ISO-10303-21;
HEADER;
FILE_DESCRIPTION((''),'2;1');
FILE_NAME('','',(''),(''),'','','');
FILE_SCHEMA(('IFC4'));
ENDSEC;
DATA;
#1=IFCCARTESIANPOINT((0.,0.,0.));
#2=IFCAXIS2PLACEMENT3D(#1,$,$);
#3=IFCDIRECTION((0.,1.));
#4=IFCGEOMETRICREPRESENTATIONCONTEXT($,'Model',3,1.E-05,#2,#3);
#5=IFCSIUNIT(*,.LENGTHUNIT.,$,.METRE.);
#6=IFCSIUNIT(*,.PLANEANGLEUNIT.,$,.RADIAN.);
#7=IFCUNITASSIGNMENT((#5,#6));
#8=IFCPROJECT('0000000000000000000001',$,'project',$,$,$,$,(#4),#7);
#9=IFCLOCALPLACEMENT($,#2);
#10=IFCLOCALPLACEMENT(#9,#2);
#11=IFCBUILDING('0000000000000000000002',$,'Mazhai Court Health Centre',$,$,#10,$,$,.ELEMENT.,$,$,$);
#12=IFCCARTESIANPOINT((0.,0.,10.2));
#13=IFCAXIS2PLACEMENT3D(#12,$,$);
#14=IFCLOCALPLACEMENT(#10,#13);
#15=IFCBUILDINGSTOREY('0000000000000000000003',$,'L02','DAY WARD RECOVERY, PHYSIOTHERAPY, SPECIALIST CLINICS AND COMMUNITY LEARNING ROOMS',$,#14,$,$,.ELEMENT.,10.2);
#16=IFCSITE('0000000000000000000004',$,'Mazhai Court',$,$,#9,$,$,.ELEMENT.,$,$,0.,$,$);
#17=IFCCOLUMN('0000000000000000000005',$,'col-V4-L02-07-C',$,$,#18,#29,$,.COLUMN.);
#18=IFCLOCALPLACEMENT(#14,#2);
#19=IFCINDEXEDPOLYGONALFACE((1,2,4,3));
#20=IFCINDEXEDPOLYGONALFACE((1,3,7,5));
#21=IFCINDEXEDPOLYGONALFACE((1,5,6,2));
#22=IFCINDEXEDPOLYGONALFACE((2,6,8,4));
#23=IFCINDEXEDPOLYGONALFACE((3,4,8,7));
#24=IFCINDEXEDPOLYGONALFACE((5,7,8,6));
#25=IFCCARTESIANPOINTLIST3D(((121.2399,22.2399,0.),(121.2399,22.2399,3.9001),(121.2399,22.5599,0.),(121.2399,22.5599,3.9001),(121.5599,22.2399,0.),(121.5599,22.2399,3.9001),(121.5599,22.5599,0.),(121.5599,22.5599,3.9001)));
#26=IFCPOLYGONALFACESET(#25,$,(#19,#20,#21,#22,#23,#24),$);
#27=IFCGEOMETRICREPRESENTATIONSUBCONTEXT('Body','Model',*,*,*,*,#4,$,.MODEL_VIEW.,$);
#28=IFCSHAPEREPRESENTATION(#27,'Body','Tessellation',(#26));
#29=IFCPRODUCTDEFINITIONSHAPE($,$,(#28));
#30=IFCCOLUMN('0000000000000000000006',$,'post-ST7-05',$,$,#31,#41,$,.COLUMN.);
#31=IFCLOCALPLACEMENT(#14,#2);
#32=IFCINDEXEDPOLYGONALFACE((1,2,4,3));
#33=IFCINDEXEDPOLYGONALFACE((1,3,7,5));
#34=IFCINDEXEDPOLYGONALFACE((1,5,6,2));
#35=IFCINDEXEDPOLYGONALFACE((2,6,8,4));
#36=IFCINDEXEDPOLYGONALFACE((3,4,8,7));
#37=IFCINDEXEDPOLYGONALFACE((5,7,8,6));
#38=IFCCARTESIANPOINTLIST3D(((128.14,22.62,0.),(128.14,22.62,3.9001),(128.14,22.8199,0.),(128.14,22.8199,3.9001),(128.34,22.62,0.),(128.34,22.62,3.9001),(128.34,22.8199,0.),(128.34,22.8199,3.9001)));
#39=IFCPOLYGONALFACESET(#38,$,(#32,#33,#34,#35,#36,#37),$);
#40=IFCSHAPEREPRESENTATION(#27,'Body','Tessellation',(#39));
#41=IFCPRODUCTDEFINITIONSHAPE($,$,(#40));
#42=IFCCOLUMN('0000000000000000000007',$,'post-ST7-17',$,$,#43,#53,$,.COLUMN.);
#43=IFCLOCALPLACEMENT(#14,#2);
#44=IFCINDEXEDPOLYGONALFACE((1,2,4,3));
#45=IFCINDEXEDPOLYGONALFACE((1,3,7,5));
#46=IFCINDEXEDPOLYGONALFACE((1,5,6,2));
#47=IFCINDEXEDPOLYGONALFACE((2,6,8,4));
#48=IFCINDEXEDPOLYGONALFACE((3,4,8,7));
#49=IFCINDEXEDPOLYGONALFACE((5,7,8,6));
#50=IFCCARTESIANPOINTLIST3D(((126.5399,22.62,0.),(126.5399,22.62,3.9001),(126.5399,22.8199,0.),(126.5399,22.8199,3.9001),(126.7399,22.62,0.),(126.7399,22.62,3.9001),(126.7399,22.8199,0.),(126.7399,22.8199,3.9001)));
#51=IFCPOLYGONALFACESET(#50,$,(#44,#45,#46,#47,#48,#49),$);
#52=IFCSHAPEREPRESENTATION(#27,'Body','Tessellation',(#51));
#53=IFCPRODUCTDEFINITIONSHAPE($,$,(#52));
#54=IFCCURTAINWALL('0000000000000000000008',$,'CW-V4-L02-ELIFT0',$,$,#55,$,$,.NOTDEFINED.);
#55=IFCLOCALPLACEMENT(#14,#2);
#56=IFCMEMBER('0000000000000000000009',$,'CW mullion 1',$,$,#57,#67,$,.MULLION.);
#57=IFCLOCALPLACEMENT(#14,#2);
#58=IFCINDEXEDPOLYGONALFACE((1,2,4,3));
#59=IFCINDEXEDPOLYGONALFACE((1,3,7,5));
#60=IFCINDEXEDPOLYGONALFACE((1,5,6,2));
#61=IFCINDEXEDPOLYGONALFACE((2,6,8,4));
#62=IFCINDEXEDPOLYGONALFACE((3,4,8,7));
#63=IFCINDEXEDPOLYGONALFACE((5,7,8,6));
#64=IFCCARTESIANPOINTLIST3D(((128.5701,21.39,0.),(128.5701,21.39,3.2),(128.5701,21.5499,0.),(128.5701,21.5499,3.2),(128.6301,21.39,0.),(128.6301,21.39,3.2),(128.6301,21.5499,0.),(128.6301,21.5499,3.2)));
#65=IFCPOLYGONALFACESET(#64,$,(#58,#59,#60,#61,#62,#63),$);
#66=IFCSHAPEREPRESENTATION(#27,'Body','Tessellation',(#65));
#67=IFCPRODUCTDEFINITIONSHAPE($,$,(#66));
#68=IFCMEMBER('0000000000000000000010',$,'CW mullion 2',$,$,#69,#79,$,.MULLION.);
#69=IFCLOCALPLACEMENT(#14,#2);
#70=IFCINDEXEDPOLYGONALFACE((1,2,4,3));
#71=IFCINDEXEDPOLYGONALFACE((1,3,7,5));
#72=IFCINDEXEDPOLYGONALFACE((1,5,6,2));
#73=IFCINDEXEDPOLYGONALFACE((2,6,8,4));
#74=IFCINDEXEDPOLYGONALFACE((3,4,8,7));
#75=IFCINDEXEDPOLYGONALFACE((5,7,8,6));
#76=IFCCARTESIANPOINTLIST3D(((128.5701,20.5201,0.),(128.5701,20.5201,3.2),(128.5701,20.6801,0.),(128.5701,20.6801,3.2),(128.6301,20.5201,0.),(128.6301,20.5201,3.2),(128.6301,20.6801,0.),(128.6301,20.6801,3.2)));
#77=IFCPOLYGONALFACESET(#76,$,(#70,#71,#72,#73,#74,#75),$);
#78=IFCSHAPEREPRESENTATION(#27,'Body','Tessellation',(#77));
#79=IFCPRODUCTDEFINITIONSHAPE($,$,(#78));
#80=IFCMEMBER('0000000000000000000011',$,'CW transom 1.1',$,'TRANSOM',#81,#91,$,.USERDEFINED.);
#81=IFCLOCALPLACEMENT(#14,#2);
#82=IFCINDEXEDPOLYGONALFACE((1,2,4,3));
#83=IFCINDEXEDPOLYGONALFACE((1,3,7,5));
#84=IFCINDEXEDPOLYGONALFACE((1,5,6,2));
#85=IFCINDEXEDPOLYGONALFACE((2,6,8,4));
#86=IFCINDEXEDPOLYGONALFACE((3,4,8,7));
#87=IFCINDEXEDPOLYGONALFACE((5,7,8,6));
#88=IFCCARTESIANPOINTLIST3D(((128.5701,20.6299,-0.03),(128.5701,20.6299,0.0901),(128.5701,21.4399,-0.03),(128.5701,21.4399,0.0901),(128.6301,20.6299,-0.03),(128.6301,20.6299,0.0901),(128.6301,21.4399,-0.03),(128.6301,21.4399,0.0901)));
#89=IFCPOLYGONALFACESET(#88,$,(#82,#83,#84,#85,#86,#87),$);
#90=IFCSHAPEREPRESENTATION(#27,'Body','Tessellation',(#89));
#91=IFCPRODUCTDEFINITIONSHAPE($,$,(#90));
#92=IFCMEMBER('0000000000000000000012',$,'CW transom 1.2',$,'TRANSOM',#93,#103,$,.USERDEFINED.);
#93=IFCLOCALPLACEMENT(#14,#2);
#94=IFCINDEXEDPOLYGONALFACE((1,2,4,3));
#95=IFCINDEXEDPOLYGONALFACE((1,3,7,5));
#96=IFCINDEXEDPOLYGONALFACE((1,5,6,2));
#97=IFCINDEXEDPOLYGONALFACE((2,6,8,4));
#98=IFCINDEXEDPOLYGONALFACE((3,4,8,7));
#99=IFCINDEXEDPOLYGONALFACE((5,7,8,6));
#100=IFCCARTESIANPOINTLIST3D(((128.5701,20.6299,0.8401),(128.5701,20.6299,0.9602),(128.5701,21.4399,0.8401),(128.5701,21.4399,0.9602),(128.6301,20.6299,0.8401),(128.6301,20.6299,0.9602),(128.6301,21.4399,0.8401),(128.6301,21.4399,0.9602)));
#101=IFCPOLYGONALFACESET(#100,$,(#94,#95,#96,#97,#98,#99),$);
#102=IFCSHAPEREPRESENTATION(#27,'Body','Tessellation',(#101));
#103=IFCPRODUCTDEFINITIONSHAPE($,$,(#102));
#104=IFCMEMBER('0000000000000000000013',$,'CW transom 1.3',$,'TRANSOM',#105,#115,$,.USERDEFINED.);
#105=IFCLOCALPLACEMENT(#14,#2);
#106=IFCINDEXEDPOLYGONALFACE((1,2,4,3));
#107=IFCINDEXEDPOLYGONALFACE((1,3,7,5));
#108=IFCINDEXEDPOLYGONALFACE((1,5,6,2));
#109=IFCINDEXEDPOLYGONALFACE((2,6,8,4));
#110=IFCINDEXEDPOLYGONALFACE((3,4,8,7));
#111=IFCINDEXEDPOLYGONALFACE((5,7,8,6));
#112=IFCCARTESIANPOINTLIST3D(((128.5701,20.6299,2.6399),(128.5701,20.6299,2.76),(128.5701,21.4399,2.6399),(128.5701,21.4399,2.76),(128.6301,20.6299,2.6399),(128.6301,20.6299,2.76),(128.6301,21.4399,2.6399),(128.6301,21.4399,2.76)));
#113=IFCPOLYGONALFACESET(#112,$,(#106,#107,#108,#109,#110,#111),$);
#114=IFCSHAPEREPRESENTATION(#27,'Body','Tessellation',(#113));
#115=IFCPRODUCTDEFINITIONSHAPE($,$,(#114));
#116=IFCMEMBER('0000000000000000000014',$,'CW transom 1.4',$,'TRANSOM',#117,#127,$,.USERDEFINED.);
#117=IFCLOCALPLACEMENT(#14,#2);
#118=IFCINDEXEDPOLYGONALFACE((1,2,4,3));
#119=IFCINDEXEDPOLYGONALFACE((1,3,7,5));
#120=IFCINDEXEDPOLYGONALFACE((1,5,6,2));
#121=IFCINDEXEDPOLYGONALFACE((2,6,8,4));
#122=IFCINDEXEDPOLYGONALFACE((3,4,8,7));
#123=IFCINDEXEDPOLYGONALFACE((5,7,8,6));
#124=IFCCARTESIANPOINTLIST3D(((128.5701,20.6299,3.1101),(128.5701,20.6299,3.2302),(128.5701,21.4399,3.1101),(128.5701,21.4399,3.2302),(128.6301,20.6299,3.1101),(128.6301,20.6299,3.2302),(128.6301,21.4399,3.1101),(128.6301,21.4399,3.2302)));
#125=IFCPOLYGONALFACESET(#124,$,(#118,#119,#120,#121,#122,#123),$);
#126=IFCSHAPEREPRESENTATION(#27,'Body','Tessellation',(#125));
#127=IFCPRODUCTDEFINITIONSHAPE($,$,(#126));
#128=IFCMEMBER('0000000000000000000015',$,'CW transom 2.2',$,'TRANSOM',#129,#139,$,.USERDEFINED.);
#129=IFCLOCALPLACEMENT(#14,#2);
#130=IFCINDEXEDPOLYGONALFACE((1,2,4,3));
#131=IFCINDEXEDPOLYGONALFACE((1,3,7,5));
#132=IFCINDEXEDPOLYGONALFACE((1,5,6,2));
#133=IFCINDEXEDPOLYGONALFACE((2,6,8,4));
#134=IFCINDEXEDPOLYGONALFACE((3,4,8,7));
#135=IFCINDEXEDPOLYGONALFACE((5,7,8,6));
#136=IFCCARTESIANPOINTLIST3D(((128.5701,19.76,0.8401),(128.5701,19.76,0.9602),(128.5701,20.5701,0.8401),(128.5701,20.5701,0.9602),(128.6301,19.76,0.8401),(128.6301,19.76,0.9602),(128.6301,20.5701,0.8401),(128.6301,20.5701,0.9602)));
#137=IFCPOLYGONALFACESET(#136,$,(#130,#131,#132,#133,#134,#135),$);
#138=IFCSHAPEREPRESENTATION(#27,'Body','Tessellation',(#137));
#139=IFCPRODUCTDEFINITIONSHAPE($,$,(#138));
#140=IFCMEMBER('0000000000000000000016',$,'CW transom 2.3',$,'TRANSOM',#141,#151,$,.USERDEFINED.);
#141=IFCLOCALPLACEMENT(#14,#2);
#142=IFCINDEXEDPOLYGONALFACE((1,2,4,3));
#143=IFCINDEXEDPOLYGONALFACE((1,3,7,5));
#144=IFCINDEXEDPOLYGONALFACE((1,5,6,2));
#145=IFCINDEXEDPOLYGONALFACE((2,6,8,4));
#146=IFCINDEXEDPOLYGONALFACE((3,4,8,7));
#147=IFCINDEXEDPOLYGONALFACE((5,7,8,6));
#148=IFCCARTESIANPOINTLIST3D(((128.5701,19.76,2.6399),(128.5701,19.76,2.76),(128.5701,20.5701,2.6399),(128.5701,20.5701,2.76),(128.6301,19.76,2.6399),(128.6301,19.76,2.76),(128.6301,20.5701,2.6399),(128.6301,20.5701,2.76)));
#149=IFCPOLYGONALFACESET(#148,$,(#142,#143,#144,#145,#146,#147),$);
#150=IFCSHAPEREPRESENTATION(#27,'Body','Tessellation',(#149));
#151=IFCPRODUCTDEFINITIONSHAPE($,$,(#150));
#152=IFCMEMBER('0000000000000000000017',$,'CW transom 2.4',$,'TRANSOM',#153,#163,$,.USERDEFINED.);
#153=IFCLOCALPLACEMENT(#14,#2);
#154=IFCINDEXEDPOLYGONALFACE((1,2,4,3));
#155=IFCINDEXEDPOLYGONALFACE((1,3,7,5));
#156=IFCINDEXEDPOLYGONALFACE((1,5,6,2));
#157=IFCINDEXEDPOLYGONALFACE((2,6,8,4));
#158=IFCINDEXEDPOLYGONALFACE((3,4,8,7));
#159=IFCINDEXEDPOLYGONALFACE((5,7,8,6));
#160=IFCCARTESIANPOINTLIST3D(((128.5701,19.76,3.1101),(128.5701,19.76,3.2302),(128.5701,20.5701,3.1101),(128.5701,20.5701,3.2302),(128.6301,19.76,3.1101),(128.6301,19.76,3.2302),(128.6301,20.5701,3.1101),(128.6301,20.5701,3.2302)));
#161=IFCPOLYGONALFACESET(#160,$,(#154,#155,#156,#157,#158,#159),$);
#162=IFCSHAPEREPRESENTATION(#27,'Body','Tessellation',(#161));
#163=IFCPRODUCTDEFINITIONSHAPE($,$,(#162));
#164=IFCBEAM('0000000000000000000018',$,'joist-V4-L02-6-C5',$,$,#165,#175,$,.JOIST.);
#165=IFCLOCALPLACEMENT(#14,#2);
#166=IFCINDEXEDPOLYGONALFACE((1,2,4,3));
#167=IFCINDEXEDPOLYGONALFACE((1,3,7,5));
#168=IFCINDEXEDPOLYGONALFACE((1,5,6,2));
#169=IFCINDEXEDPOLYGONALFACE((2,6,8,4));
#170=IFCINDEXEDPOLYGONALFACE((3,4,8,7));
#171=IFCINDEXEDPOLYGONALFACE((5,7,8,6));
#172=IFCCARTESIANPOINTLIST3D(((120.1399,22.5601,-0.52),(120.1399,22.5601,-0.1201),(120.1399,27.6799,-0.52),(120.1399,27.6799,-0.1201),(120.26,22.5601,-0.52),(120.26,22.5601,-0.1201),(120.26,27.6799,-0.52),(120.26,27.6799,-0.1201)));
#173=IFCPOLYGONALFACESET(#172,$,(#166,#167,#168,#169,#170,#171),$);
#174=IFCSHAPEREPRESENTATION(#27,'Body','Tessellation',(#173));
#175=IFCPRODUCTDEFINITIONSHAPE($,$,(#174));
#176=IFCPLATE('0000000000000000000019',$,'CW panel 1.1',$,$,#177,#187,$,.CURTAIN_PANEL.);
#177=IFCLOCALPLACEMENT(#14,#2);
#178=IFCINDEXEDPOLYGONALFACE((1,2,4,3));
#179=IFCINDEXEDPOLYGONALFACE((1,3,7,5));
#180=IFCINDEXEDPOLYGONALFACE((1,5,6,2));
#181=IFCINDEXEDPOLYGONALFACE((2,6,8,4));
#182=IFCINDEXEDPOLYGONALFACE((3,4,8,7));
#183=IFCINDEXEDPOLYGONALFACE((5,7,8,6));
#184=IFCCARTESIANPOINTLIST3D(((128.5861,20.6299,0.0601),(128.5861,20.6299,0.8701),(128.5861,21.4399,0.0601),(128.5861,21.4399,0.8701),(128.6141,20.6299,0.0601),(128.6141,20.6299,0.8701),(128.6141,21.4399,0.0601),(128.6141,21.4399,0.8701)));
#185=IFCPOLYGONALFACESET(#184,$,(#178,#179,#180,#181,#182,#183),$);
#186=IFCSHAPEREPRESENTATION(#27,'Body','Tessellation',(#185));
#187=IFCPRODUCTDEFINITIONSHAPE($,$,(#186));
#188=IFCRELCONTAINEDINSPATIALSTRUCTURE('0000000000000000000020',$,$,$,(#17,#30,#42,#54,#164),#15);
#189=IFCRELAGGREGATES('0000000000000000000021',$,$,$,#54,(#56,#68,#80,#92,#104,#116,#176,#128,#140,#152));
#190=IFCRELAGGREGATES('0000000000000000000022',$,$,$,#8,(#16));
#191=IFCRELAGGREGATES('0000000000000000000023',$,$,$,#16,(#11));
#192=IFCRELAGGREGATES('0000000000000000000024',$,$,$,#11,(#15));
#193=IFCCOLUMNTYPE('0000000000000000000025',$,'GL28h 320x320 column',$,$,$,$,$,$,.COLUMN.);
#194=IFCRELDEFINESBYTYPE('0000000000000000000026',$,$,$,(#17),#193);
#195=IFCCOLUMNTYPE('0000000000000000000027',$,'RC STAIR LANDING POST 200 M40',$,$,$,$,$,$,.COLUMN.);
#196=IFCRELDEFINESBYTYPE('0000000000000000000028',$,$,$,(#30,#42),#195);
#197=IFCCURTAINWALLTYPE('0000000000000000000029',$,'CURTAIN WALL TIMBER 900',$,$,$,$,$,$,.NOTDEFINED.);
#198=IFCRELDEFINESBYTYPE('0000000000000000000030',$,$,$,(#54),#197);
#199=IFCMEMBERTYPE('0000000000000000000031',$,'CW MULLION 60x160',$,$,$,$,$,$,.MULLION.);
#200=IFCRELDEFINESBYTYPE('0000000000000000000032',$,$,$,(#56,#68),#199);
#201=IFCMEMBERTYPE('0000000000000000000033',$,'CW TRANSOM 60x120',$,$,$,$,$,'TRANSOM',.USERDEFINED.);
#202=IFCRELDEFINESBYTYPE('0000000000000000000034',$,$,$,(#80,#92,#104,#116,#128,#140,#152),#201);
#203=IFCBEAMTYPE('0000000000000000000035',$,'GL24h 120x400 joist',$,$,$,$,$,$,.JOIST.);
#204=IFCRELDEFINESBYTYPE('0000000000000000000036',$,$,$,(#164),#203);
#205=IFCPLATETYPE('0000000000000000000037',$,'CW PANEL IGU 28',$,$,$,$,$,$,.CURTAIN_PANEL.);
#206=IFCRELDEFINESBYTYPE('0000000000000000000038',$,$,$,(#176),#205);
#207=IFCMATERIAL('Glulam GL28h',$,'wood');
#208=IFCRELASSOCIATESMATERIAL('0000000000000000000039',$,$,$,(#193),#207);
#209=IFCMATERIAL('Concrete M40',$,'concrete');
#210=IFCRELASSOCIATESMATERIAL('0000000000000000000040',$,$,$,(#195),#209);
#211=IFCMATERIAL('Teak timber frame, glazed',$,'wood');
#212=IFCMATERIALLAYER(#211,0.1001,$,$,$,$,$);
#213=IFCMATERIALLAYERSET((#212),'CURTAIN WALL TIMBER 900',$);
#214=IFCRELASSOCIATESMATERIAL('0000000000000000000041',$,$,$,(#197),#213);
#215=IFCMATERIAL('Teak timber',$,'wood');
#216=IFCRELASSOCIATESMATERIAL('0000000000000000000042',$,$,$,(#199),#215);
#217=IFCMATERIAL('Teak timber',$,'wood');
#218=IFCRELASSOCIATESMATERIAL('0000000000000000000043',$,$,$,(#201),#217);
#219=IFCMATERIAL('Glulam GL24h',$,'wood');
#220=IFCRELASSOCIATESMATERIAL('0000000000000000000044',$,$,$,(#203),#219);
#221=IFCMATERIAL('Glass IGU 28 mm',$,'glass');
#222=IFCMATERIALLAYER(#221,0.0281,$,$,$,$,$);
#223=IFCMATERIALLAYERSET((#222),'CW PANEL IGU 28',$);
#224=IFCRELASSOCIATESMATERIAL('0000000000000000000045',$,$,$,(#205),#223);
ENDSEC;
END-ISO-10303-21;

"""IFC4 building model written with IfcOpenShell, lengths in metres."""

from ifc_helpers import new_model, si_unit, direction, frame, origin, origin_2d, place, context, subcontext, project, spatial, rectangle, extrude, material, layer, layer_set, material_profile, profile_set, type_object, element, aggregate, save


model = new_model("IFC4")

# Units and contexts
model_context = context("Model", 3, precision=1e-05, world=origin(), true_north=direction((0.0, 1.0)))
body_context = subcontext(model_context, "Body", "Model", "MODEL_VIEW")
ifc_project = project(units=[si_unit("LENGTHUNIT", "METRE"), si_unit("PLANEANGLEUNIT", "RADIAN")], contexts=[model_context])

# Site, building, storey
site_placement = place(None, origin())
site = spatial("IfcSite", under=ifc_project, at=site_placement, Name="Mazhai Court", CompositionType="ELEMENT", RefElevation=0.0)
building_placement = place(site_placement, origin())
building = spatial("IfcBuilding", under=site, at=building_placement, Name="Mazhai Court Health Centre", CompositionType="ELEMENT")
storey_placement = place(building_placement, frame((0.0, 0.0, 10.2)))
storey = spatial("IfcBuildingStorey", under=building, at=storey_placement, Name="L02", Description="DAY WARD RECOVERY, PHYSIOTHERAPY, SPECIALIST CLINICS AND COMMUNITY LEARNING ROOMS", CompositionType="ELEMENT", Elevation=10.2)

# Columns
ifc_material_1 = material(Name="Glulam GL28h", Category="wood")
ifc_material_profile_1 = material_profile(ifc_material_1, rectangle(XDim=0.3201, YDim=0.3201, at=origin_2d()), Name="GL28h 320x320")
ifc_profile_set_1 = profile_set([ifc_material_profile_1], Name="Glulam GL28h")
column_type_1 = type_object("IfcColumnType", Name="GL28h 320x320 column", PredefinedType="COLUMN", material=ifc_profile_set_1)
column_placement = place(storey_placement, frame((121.3999, 22.3999, 0.0), z_axis=(0.0, 0.0, 1.0), x_axis=(1.0, 0.0, 0.0)))
element("IfcColumn", 1, at=column_placement, inside=storey, type_object=column_type_1, Name="col-V4-L02-07-C", PredefinedType="COLUMN", context=body_context, shape_type="SweptSolid", body=[
    extrude(rectangle(XDim=0.3201, YDim=0.3201, at=origin_2d()), origin(), (0.0, 0.0, 1.0), 3.9001),
])
ifc_material_2 = material(Name="Concrete M40", Category="concrete")
ifc_material_profile_2 = material_profile(ifc_material_2, rectangle(XDim=0.2, YDim=0.2, at=origin_2d()), Name="RC 200x200")
ifc_profile_set_2 = profile_set([ifc_material_profile_2], Name="Concrete M40")
column_type_2 = type_object("IfcColumnType", Name="RC STAIR LANDING POST 200 M40", PredefinedType="COLUMN", material=ifc_profile_set_2)
for number, where, z_axis, x_axis, name in (
    (2, (128.24, 22.72, 0.0), (0.0, 0.0, 1.0), (1.0, 0.0, 0.0), "post-ST7-05"),
    (3, (126.6399, 22.72, 0.0), (0.0, 0.0, 1.0), (1.0, 0.0, 0.0), "post-ST7-17"),
):
    element("IfcColumn", number, at=place(storey_placement, frame(where, z_axis=z_axis, x_axis=x_axis)), inside=storey, type_object=column_type_2, Name=name, PredefinedType="COLUMN", context=body_context, shape_type="SweptSolid", body=[
        extrude(rectangle(XDim=0.2, YDim=0.2, at=origin_2d()), origin(), (0.0, 0.0, 1.0), 3.9001),
    ])

# Curtain wall, members
ifc_material_3 = material(Name="Teak timber frame, glazed", Category="wood")
ifc_layer_1 = layer(ifc_material_3, 0.1001)
ifc_layer_set_1 = layer_set([ifc_layer_1], Name="CURTAIN WALL TIMBER 900")
curtain_wall_type = type_object("IfcCurtainWallType", Name="CURTAIN WALL TIMBER 900", PredefinedType="NOTDEFINED", material=ifc_layer_set_1)
curtain_wall_placement = place(storey_placement, origin())
curtain_wall = element("IfcCurtainWall", 4, at=curtain_wall_placement, inside=storey, type_object=curtain_wall_type, Name="CW-V4-L02-ELIFT0", PredefinedType="NOTDEFINED")
ifc_material_4 = material(Name="Teak timber", Category="wood")
ifc_material_profile_3 = material_profile(ifc_material_4, rectangle(XDim=0.0601, YDim=0.1599, at=origin_2d()), Name="CW MULLION 60x160")
ifc_profile_set_3 = profile_set([ifc_material_profile_3], Name="Teak timber")
member_type_1 = type_object("IfcMemberType", Name="CW MULLION 60x160", PredefinedType="MULLION", material=ifc_profile_set_3)
member_1_placement = place(storey_placement, frame((128.6001, 21.47, 0.0), z_axis=(0.0, 0.0, 1.0), x_axis=(1.0, 0.0, 0.0)))
member_1 = element("IfcMember", 5, at=member_1_placement, type_object=member_type_1, Name="CW mullion 1", PredefinedType="MULLION", context=body_context, shape_type="SweptSolid", body=[
    extrude(rectangle(XDim=0.0601, YDim=0.1599, at=origin_2d()), origin(), (0.0, 0.0, 1.0), 3.2),
])
member_2_placement = place(storey_placement, frame((128.6001, 20.6001, 0.0), z_axis=(0.0, 0.0, 1.0), x_axis=(1.0, 0.0, 0.0)))
member_2 = element("IfcMember", 6, at=member_2_placement, type_object=member_type_1, Name="CW mullion 2", PredefinedType="MULLION", context=body_context, shape_type="SweptSolid", body=[
    extrude(rectangle(XDim=0.0601, YDim=0.1599, at=origin_2d()), origin(), (0.0, 0.0, 1.0), 3.2),
])
ifc_material_5 = material(Name="Teak timber", Category="wood")
ifc_material_profile_4 = material_profile(ifc_material_5, rectangle(XDim=0.0601, YDim=0.1201, at=origin_2d()), Name="CW TRANSOM 60x120")
ifc_profile_set_4 = profile_set([ifc_material_profile_4], Name="Teak timber")
member_type_2 = type_object("IfcMemberType", Name="CW TRANSOM 60x120", ElementType="TRANSOM", PredefinedType="USERDEFINED", material=ifc_profile_set_4)
member_3_placement = place(storey_placement, frame((128.6001, 21.4399, 0.03), z_axis=(0.0, -1.0, 0.0), x_axis=(1.0, 0.0, 0.0)))
member_3 = element("IfcMember", 7, at=member_3_placement, type_object=member_type_2, Name="CW transom 1.1", ObjectType="TRANSOM", PredefinedType="USERDEFINED", context=body_context, shape_type="SweptSolid", body=[
    extrude(rectangle(XDim=0.0601, YDim=0.1201, at=origin_2d()), origin(), (0.0, 0.0, 1.0), 0.8101),
])
member_4_placement = place(storey_placement, frame((128.6001, 21.4399, 0.9001), z_axis=(0.0, -1.0, 0.0), x_axis=(1.0, 0.0, 0.0)))
member_4 = element("IfcMember", 8, at=member_4_placement, type_object=member_type_2, Name="CW transom 1.2", ObjectType="TRANSOM", PredefinedType="USERDEFINED", context=body_context, shape_type="SweptSolid", body=[
    extrude(rectangle(XDim=0.0601, YDim=0.1201, at=origin_2d()), origin(), (0.0, 0.0, 1.0), 0.8101),
])
member_5_placement = place(storey_placement, frame((128.6001, 21.4399, 2.7), z_axis=(0.0, -1.0, 0.0), x_axis=(1.0, 0.0, 0.0)))
member_5 = element("IfcMember", 9, at=member_5_placement, type_object=member_type_2, Name="CW transom 1.3", ObjectType="TRANSOM", PredefinedType="USERDEFINED", context=body_context, shape_type="SweptSolid", body=[
    extrude(rectangle(XDim=0.0601, YDim=0.1201, at=origin_2d()), origin(), (0.0, 0.0, 1.0), 0.8101),
])
member_6_placement = place(storey_placement, frame((128.6001, 21.4399, 3.1702), z_axis=(0.0, -1.0, 0.0), x_axis=(1.0, 0.0, 0.0)))
member_6 = element("IfcMember", 10, at=member_6_placement, type_object=member_type_2, Name="CW transom 1.4", ObjectType="TRANSOM", PredefinedType="USERDEFINED", context=body_context, shape_type="SweptSolid", body=[
    extrude(rectangle(XDim=0.0601, YDim=0.1201, at=origin_2d()), origin(), (0.0, 0.0, 1.0), 0.8101),
])
member_7_placement = place(storey_placement, frame((128.6001, 20.5701, 0.9001), z_axis=(0.0, -1.0, 0.0), x_axis=(1.0, 0.0, 0.0)))
member_7 = element("IfcMember", 11, at=member_7_placement, type_object=member_type_2, Name="CW transom 2.2", ObjectType="TRANSOM", PredefinedType="USERDEFINED", context=body_context, shape_type="SweptSolid", body=[
    extrude(rectangle(XDim=0.0601, YDim=0.1201, at=origin_2d()), origin(), (0.0, 0.0, 1.0), 0.8101),
])
member_8_placement = place(storey_placement, frame((128.6001, 20.5701, 2.7), z_axis=(0.0, -1.0, 0.0), x_axis=(1.0, 0.0, 0.0)))
member_8 = element("IfcMember", 12, at=member_8_placement, type_object=member_type_2, Name="CW transom 2.3", ObjectType="TRANSOM", PredefinedType="USERDEFINED", context=body_context, shape_type="SweptSolid", body=[
    extrude(rectangle(XDim=0.0601, YDim=0.1201, at=origin_2d()), origin(), (0.0, 0.0, 1.0), 0.8101),
])
member_9_placement = place(storey_placement, frame((128.6001, 20.5701, 3.1702), z_axis=(0.0, -1.0, 0.0), x_axis=(1.0, 0.0, 0.0)))
member_9 = element("IfcMember", 13, at=member_9_placement, type_object=member_type_2, Name="CW transom 2.4", ObjectType="TRANSOM", PredefinedType="USERDEFINED", context=body_context, shape_type="SweptSolid", body=[
    extrude(rectangle(XDim=0.0601, YDim=0.1201, at=origin_2d()), origin(), (0.0, 0.0, 1.0), 0.8101),
])

# Beam
ifc_material_6 = material(Name="Glulam GL24h", Category="wood")
ifc_material_profile_5 = material_profile(ifc_material_6, rectangle(XDim=0.1201, YDim=0.3999, at=origin_2d()), Name="GL24h 120x400")
ifc_profile_set_5 = profile_set([ifc_material_profile_5], Name="Glulam GL24h")
beam_type = type_object("IfcBeamType", Name="GL24h 120x400 joist", PredefinedType="JOIST", material=ifc_profile_set_5)
beam_placement = place(storey_placement, frame((120.2, 22.5601, -0.3201), z_axis=(0.0, 1.0, 0.0), x_axis=(-1.0, 0.0, 0.0)))
element("IfcBeam", 14, at=beam_placement, inside=storey, type_object=beam_type, Name="joist-V4-L02-6-C5", PredefinedType="JOIST", context=body_context, shape_type="SweptSolid", body=[
    extrude(rectangle(XDim=0.1201, YDim=0.3999, at=origin_2d()), origin(), (0.0, 0.0, 1.0), 5.1199),
])

# Plate
ifc_material_7 = material(Name="Glass IGU 28 mm", Category="glass")
ifc_layer_2 = layer(ifc_material_7, 0.0281)
ifc_layer_set_2 = layer_set([ifc_layer_2], Name="CW PANEL IGU 28")
plate_type = type_object("IfcPlateType", Name="CW PANEL IGU 28", PredefinedType="CURTAIN_PANEL", material=ifc_layer_set_2)
plate_1_placement = place(storey_placement, frame((128.6001, 21.0349, 0.0601), z_axis=(0.0, 0.0, 1.0), x_axis=(0.0, -1.0, 0.0)))
plate_1 = element("IfcPlate", 15, at=plate_1_placement, type_object=plate_type, Name="CW panel 1.1", PredefinedType="CURTAIN_PANEL", context=body_context, shape_type="SweptSolid", body=[
    extrude(rectangle(XDim=0.8101, YDim=0.0281, at=origin_2d()), origin(), (0.0, 0.0, 1.0), 0.8101),
])
aggregate(curtain_wall, [member_1, member_2, member_3, member_4, member_5, member_6, plate_1, member_7, member_8, member_9])

save(model, "model.ifc")
